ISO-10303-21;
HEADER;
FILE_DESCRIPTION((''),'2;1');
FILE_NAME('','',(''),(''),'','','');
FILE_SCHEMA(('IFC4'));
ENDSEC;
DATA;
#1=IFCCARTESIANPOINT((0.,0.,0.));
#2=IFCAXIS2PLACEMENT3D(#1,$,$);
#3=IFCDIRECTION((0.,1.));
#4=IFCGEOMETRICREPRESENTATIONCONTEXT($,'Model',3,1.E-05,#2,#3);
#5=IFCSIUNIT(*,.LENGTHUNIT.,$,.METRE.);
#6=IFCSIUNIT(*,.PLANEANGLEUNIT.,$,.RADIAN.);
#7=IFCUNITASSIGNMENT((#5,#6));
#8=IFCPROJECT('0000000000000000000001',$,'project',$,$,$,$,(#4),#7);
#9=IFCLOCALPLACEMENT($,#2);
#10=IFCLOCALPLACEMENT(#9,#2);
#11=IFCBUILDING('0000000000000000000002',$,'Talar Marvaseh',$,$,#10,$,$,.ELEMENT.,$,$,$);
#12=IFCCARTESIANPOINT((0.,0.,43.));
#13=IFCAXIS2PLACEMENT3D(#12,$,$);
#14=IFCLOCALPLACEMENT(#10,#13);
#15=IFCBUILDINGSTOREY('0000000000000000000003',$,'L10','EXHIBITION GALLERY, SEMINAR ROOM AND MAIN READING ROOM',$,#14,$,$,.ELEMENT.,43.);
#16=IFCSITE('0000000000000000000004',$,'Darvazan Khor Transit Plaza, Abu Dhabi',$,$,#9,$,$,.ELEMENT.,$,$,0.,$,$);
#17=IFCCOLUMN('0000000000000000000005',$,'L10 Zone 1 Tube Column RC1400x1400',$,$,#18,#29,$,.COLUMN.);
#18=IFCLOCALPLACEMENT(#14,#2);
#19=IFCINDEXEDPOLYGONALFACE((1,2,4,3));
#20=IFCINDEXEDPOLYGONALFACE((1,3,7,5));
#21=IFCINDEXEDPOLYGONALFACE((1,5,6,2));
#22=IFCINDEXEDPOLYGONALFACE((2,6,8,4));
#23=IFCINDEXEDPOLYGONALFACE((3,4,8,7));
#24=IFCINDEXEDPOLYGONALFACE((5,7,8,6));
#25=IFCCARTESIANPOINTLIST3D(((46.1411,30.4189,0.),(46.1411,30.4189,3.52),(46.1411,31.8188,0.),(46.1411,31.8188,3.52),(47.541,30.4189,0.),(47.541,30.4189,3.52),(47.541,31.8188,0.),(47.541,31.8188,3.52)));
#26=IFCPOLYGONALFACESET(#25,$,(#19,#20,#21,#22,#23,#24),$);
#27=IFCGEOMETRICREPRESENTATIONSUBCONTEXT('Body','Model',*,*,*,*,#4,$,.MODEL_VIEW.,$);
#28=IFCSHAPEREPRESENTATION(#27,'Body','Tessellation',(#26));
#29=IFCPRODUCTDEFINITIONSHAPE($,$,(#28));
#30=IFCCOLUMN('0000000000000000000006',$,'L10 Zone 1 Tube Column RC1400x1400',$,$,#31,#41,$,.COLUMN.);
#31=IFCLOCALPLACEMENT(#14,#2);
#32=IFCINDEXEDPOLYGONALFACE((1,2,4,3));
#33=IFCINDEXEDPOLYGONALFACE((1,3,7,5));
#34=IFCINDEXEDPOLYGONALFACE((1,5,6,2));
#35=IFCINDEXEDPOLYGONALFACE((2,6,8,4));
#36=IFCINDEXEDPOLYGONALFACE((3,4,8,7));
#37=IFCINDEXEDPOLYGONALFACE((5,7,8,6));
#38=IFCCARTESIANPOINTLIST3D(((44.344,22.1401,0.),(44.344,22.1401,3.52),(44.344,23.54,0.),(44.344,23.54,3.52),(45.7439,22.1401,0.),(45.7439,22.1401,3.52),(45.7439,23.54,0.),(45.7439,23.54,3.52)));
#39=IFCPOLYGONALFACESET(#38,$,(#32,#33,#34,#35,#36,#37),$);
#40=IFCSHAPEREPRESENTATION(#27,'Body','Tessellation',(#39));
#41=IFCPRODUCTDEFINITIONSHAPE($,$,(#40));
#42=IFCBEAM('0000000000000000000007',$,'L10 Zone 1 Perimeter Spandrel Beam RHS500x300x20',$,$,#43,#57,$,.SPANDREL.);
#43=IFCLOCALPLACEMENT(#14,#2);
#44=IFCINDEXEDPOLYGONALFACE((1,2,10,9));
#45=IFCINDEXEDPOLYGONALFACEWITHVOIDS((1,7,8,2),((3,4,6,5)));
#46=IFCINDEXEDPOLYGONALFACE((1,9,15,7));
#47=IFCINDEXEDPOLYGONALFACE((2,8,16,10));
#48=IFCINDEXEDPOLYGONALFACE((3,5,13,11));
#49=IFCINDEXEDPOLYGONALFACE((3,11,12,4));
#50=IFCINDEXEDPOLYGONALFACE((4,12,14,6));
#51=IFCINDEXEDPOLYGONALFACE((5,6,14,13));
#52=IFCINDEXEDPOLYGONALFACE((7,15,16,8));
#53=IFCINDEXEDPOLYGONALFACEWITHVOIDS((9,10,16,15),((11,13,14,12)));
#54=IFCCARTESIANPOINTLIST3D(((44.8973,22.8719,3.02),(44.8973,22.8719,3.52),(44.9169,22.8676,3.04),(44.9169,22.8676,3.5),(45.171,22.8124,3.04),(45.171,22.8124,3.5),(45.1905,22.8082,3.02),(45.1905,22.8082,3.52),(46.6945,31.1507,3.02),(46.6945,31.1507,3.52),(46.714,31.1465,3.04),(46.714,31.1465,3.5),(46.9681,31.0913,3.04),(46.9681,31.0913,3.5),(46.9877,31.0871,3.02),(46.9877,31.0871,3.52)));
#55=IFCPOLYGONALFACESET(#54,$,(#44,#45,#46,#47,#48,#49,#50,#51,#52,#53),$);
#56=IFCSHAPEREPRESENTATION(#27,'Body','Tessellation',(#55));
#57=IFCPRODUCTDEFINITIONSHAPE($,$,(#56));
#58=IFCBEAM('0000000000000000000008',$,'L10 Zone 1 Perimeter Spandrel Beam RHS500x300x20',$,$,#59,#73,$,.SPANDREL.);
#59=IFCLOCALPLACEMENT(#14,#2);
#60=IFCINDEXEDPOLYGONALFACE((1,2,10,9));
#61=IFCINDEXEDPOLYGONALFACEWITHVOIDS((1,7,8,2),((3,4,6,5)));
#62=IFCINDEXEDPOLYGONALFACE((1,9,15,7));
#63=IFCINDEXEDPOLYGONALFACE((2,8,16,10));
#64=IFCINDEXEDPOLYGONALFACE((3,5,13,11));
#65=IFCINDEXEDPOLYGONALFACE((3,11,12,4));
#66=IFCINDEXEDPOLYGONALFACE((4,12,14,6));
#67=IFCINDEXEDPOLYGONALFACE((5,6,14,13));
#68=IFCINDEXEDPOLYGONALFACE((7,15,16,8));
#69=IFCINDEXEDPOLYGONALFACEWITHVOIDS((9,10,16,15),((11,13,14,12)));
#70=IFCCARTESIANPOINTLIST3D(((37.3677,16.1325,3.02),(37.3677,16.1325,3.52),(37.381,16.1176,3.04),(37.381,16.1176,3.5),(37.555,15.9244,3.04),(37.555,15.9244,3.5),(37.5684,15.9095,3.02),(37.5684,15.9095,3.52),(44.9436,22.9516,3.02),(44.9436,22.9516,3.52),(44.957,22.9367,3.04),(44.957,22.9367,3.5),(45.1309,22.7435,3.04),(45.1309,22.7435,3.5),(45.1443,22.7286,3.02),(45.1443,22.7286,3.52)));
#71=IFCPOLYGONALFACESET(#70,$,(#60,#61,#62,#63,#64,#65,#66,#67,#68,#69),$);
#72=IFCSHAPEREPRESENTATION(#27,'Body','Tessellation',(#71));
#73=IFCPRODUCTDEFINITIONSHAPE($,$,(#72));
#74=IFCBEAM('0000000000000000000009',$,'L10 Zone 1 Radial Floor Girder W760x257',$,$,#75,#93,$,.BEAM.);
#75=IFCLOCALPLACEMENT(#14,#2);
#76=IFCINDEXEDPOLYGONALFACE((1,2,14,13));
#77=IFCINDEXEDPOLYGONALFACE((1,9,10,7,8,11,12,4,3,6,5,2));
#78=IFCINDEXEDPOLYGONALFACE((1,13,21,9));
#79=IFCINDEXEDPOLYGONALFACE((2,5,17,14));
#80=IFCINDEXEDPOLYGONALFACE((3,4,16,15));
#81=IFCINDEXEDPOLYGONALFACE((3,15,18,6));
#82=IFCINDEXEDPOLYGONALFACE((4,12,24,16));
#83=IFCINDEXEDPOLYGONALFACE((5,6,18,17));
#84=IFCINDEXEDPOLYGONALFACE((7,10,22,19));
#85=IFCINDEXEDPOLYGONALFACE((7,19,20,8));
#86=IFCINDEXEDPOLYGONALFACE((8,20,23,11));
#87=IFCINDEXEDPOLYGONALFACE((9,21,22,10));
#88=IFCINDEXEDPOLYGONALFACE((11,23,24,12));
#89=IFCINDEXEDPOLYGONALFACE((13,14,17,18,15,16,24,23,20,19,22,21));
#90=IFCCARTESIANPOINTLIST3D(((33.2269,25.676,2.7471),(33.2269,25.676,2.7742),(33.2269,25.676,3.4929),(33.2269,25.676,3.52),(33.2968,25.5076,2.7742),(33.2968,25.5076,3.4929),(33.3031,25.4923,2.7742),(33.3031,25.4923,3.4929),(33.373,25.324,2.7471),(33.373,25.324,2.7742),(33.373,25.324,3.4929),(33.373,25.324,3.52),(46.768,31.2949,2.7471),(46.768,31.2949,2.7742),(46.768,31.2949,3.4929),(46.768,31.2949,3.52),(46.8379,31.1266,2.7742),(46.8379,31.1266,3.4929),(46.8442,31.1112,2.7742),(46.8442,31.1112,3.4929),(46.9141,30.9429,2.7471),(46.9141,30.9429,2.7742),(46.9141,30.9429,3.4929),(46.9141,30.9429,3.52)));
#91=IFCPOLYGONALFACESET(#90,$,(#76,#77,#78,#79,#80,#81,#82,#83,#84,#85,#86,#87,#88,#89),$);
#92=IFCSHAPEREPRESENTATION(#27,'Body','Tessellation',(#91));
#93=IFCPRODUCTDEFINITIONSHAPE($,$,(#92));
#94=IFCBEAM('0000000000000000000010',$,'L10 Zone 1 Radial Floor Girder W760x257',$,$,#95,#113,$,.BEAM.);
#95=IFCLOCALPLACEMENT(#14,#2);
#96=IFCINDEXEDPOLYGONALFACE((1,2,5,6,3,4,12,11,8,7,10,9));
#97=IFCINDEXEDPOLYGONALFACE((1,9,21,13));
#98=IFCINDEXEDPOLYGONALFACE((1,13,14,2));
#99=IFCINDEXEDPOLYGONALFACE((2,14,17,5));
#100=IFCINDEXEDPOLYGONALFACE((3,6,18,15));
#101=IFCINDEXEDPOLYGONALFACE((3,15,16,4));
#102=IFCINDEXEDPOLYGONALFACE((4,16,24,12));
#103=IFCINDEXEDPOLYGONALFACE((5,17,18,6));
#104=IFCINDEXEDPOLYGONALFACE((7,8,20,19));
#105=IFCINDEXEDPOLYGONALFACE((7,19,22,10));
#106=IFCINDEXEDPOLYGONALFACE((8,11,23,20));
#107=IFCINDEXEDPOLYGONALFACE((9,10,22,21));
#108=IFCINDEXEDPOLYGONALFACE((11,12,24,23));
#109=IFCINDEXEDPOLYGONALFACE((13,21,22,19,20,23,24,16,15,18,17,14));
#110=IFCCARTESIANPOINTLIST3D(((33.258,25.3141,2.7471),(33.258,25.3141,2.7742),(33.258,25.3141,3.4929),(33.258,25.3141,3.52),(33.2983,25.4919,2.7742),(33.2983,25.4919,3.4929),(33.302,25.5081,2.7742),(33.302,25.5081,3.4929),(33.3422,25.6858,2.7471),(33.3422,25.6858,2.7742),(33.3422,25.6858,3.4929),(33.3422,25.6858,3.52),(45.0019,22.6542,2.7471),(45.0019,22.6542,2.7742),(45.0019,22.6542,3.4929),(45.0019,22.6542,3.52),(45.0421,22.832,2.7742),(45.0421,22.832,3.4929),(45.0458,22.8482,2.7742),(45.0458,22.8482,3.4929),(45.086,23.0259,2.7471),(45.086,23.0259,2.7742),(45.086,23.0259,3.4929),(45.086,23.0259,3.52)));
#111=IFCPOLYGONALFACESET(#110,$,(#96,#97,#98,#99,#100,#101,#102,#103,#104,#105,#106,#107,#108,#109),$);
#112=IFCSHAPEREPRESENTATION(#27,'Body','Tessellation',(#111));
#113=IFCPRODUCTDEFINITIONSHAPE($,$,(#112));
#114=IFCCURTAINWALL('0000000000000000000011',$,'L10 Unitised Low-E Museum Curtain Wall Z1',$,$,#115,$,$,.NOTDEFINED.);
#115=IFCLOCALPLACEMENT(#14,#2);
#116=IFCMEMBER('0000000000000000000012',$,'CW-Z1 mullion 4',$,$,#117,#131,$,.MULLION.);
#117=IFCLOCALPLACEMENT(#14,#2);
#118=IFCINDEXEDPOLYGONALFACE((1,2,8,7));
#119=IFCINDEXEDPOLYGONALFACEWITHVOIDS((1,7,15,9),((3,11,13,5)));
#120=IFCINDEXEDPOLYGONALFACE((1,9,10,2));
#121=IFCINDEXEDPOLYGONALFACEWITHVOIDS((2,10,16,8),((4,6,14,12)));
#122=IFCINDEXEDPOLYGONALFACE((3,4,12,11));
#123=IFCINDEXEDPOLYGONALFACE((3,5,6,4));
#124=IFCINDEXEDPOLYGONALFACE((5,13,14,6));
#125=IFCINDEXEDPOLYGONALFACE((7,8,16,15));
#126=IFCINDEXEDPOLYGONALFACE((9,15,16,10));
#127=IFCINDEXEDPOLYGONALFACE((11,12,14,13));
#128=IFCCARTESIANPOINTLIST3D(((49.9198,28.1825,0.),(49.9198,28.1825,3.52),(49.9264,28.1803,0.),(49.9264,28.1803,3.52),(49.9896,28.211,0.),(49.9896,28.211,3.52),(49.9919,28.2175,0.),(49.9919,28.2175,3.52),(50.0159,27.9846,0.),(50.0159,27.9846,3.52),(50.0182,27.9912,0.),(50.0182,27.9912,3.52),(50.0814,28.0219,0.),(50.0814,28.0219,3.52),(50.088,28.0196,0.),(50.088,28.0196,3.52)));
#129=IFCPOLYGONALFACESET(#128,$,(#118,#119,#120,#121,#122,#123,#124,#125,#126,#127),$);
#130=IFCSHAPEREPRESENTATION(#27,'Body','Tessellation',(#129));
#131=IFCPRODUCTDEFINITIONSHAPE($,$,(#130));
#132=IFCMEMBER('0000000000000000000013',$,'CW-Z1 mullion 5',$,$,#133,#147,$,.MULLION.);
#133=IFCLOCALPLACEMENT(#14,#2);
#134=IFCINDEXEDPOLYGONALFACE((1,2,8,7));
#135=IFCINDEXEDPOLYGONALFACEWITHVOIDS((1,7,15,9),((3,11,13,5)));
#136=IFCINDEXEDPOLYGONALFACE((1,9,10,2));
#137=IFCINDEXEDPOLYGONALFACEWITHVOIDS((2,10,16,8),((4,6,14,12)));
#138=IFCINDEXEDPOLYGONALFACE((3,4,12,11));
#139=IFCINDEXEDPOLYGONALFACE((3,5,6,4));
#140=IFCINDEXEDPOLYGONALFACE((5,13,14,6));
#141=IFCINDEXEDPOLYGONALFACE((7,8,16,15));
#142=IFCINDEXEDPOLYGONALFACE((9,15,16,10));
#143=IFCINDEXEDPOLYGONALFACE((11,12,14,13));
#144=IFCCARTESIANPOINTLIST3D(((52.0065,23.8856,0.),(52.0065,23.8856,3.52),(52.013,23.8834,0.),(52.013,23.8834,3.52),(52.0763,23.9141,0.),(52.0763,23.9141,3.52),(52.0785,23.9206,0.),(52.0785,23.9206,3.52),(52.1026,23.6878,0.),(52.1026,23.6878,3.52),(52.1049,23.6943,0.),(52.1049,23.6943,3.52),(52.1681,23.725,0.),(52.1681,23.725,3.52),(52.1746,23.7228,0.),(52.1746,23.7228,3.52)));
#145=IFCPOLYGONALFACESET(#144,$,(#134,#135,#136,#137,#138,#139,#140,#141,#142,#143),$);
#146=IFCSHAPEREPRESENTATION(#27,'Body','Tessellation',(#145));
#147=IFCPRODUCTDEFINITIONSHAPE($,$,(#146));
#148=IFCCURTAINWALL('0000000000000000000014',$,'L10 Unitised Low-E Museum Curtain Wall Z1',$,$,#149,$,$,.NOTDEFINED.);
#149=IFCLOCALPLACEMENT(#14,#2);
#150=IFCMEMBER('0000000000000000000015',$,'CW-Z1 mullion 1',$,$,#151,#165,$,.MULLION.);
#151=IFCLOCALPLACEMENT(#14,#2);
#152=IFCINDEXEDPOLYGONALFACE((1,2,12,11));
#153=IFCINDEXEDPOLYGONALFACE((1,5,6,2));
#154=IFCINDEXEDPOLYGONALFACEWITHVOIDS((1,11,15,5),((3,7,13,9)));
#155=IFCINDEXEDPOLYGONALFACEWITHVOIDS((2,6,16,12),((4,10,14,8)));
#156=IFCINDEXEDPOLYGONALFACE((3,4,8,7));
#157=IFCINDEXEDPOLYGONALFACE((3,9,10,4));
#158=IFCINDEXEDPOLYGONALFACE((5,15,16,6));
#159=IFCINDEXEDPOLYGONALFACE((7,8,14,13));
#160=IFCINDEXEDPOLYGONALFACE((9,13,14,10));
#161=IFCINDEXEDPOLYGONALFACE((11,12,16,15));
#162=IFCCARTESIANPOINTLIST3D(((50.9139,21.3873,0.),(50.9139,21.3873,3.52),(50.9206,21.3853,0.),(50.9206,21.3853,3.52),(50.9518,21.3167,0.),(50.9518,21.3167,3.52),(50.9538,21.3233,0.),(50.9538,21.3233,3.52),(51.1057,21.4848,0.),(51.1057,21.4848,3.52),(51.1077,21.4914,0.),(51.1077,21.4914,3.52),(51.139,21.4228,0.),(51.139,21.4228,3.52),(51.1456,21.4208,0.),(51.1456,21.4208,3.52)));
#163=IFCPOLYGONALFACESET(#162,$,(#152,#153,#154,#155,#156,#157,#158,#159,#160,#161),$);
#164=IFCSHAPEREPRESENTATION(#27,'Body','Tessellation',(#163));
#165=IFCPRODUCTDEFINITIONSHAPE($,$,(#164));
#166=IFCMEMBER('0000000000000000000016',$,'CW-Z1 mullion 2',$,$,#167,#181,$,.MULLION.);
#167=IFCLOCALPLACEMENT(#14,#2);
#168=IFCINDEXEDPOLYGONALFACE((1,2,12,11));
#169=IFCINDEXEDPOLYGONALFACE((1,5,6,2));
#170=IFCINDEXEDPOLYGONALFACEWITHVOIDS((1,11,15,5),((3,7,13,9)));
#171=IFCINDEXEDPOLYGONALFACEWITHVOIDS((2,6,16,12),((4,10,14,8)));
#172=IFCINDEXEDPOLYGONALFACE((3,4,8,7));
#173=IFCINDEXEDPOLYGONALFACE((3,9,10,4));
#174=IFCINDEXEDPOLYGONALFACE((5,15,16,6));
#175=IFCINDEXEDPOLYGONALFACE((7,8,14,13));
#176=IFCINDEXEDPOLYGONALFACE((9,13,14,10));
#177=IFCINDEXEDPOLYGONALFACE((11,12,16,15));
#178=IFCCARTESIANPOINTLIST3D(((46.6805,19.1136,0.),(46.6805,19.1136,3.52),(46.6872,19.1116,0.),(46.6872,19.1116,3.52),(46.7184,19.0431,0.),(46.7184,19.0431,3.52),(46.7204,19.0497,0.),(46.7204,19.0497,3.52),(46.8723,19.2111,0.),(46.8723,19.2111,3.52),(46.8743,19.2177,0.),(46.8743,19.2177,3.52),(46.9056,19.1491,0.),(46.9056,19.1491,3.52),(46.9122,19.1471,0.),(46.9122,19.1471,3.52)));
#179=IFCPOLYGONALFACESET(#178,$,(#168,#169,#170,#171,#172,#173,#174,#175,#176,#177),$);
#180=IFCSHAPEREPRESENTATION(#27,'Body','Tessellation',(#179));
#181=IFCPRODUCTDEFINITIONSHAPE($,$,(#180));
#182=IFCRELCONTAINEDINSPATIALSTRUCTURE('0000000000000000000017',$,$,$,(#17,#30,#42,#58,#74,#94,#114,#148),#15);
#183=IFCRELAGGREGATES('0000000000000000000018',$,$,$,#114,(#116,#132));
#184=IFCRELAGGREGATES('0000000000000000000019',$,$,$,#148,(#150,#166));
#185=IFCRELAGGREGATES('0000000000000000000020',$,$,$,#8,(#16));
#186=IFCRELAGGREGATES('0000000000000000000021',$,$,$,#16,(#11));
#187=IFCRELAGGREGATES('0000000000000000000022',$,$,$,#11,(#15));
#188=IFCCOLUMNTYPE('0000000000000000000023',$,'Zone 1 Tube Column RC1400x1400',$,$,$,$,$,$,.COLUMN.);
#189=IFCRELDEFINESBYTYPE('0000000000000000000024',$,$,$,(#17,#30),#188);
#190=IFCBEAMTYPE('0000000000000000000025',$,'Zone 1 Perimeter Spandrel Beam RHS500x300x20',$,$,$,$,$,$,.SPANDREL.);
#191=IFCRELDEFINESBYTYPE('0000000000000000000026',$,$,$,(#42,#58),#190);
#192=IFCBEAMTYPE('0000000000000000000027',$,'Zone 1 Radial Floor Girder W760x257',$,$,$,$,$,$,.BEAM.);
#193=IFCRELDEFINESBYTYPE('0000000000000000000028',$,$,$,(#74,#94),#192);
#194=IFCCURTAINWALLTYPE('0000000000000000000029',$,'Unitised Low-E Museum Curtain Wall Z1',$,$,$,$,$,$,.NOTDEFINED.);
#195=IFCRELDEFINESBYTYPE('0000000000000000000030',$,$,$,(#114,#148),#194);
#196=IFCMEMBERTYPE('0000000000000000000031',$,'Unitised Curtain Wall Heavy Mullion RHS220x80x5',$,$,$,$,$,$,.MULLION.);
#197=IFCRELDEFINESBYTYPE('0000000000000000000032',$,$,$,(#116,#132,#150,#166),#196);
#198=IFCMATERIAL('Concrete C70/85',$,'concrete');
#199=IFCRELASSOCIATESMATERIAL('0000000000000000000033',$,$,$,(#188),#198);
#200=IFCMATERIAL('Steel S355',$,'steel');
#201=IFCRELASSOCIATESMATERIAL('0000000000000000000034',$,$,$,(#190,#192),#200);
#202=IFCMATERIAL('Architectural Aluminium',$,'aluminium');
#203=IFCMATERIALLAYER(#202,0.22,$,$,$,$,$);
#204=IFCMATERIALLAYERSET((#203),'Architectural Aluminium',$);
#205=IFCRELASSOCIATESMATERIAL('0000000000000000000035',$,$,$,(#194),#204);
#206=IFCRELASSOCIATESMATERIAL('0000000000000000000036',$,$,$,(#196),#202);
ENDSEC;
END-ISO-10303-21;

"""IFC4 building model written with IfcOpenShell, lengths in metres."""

from ifc_helpers import new_model, si_unit, direction, frame, origin, origin_2d, place, context, subcontext, project, spatial, rectangle, hollow_rectangle, i_section, extrude, source, transform, mapped, material, layer, layer_set, material_profile, profile_set, type_object, type_shapes, element, aggregate, save


model = new_model("IFC4")

# Units and contexts
model_context = context("Model", 3, precision=1e-05, world=origin(), true_north=direction((0.0, 1.0)))
body_context = subcontext(model_context, "Body", "Model", "MODEL_VIEW")
ifc_project = project(units=[si_unit("LENGTHUNIT", "METRE"), si_unit("PLANEANGLEUNIT", "RADIAN")], contexts=[model_context])

# Site, building, storey
site_placement = place(None, origin())
site = spatial("IfcSite", under=ifc_project, at=site_placement, Name="Darvazan Khor Transit Plaza, Abu Dhabi", CompositionType="ELEMENT", RefElevation=0.0)
building_placement = place(site_placement, origin())
building = spatial("IfcBuilding", under=site, at=building_placement, Name="Talar Marvaseh", CompositionType="ELEMENT")
storey_placement = place(building_placement, frame((0.0, 0.0, 43.0)))
storey = spatial("IfcBuildingStorey", under=building, at=storey_placement, Name="L10", Description="EXHIBITION GALLERY, SEMINAR ROOM AND MAIN READING ROOM", CompositionType="ELEMENT", Elevation=43.0)

# Columns
ifc_material_1 = material(Name="Concrete C70/85", Category="concrete")
ifc_material_profile_1 = material_profile(ifc_material_1, rectangle(XDim=1.3999, YDim=1.3999, at=origin_2d()), Name="RC1400x1400")
ifc_profile_set_1 = profile_set([ifc_material_profile_1], Name="Concrete C70/85")
column_type = type_object("IfcColumnType", Name="Zone 1 Tube Column RC1400x1400", PredefinedType="COLUMN", material=ifc_profile_set_1)
for number, where, z_axis, x_axis, name in (
    (1, (46.8411, 31.1189, 0.0), (0.0, 0.0, 1.0), (1.0, 0.0, 0.0), "L10 Zone 1 Tube Column RC1400x1400"),
    (2, (45.0439, 22.8401, 0.0), (0.0, 0.0, 1.0), (1.0, 0.0, 0.0), "L10 Zone 1 Tube Column RC1400x1400"),
):
    element("IfcColumn", number, at=place(storey_placement, frame(where, z_axis=z_axis, x_axis=x_axis)), inside=storey, type_object=column_type, Name=name, PredefinedType="COLUMN", context=body_context, shape_type="SweptSolid", body=[
        extrude(rectangle(XDim=1.3999, YDim=1.3999, at=origin_2d()), origin(), (0.0, 0.0, 1.0), 3.52),
    ])

# Beams
ifc_material_2 = material(Name="Steel S355", Category="steel")
ifc_material_profile_2 = material_profile(ifc_material_2, hollow_rectangle(XDim=0.3, YDim=0.5, WallThickness=0.02, at=origin_2d()), Name="RHS500x300x20")
ifc_profile_set_2 = profile_set([ifc_material_profile_2], Name="Steel S355")
beam_type_1 = type_object("IfcBeamType", Name="Zone 1 Perimeter Spandrel Beam RHS500x300x20", PredefinedType="SPANDREL", material=ifc_profile_set_2)
beam_1_placement = place(storey_placement, frame((46.8411, 31.1189, 3.27), z_axis=(-0.212134, -0.977241, 0.0), x_axis=(0.977241, -0.212134, 0.0)))
element("IfcBeam", 3, at=beam_1_placement, inside=storey, type_object=beam_type_1, Name="L10 Zone 1 Perimeter Spandrel Beam RHS500x300x20", PredefinedType="SPANDREL", context=body_context, shape_type="SweptSolid", body=[
    extrude(hollow_rectangle(XDim=0.3, YDim=0.5, WallThickness=0.02, at=origin_2d()), origin(), (0.0, 0.0, 1.0), 8.4717),
])
beam_2_placement = place(storey_placement, frame((45.0439, 22.8401, 3.27), z_axis=(-0.743257, -0.669006, 0.0), x_axis=(0.669006, -0.743257, 0.0)))
element("IfcBeam", 4, at=beam_2_placement, inside=storey, type_object=beam_type_1, Name="L10 Zone 1 Perimeter Spandrel Beam RHS500x300x20", PredefinedType="SPANDREL", context=body_context, shape_type="SweptSolid", body=[
    extrude(hollow_rectangle(XDim=0.3, YDim=0.5, WallThickness=0.02, at=origin_2d()), origin(), (0.0, 0.0, 1.0), 10.1929),
])
ifc_material_profile_3 = material_profile(ifc_material_2, i_section(OverallWidth=0.3811, OverallDepth=0.7729, WebThickness=0.0166, FlangeThickness=0.0271, at=origin_2d()), Name="W760x257")
ifc_profile_set_3 = profile_set([ifc_material_profile_3], Name="Steel S355")
beam_type_2 = type_object("IfcBeamType", Name="Zone 1 Radial Floor Girder W760x257", PredefinedType="BEAM", material=ifc_profile_set_3)
beam_3_placement = place(storey_placement, frame((46.8411, 31.1189, 3.1335), z_axis=(-0.923638, -0.383267, 0.0), x_axis=(0.383267, -0.923638, 0.0)))
element("IfcBeam", 5, at=beam_3_placement, inside=storey, type_object=beam_type_2, Name="L10 Zone 1 Radial Floor Girder W760x257", PredefinedType="BEAM", context=body_context, shape_type="SweptSolid", body=[
    extrude(i_section(OverallWidth=0.3811, OverallDepth=0.7729, WebThickness=0.0166, FlangeThickness=0.0271, at=origin_2d()), origin(), (0.0, 0.0, 1.0), 14.6606),
])
beam_4_placement = place(storey_placement, frame((45.0439, 22.8401, 3.1335), z_axis=(-0.975297, 0.220898, 0.0), x_axis=(-0.220898, -0.975297, 0.0)))
element("IfcBeam", 6, at=beam_4_placement, inside=storey, type_object=beam_type_2, Name="L10 Zone 1 Radial Floor Girder W760x257", PredefinedType="BEAM", context=body_context, shape_type="SweptSolid", body=[
    extrude(i_section(OverallWidth=0.3811, OverallDepth=0.7729, WebThickness=0.0166, FlangeThickness=0.0271, at=origin_2d()), origin(), (0.0, 0.0, 1.0), 12.0413),
])

# Curtain walls, members
ifc_material_3 = material(Name="Architectural Aluminium", Category="aluminium")
ifc_layer_1 = layer(ifc_material_3, 0.22)
ifc_layer_set_1 = layer_set([ifc_layer_1], Name="Architectural Aluminium")
curtain_wall_type = type_object("IfcCurtainWallType", Name="Unitised Low-E Museum Curtain Wall Z1", PredefinedType="NOTDEFINED", material=ifc_layer_set_1)
curtain_wall_1_placement = place(storey_placement, origin())
curtain_wall_1 = element("IfcCurtainWall", 7, at=curtain_wall_1_placement, inside=storey, type_object=curtain_wall_type, Name="L10 Unitised Low-E Museum Curtain Wall Z1", PredefinedType="NOTDEFINED")
ifc_material_profile_4 = material_profile(ifc_material_3, hollow_rectangle(XDim=0.0801, YDim=0.22, WallThickness=0.0049, at=origin_2d()), Name="RHS220x80x5")
ifc_profile_set_4 = profile_set([ifc_material_profile_4], Name="Architectural Aluminium")
member_type_1 = type_object("IfcMemberType", Name="Unitised Curtain Wall Heavy Mullion RHS220x80x5", PredefinedType="MULLION", material=ifc_profile_set_4)
shared_shape_1 = source(origin(), body_context, "Body", "SweptSolid", [
    extrude(hollow_rectangle(XDim=0.0801, YDim=0.22, WallThickness=0.0049, at=origin_2d()), origin(), (0.0, 0.0, 1.0), 3.52),
])
type_shapes(member_type_1, [shared_shape_1])
member_1_placement = place(storey_placement, frame((50.0039, 28.1011, 0.0), z_axis=(0.0, 0.0, 1.0), x_axis=(0.899528, 0.436863, 0.0)))
member_1 = element("IfcMember", 8, at=member_1_placement, type_object=member_type_1, Name="CW-Z1 mullion 4", PredefinedType="MULLION", context=body_context, shape_type="MappedRepresentation", body=[
    mapped(shared_shape_1, transform((0.0, 0.0, 0.0), x_axis=(1.0, 0.0, 0.0), y_axis=(0.0, 1.0, 0.0), z_axis=(0.0, 0.0, 1.0), scale=1.0)),
])
member_2_placement = place(storey_placement, frame((52.0906, 23.8042, 0.0), z_axis=(0.0, 0.0, 1.0), x_axis=(0.899528, 0.436863, 0.0)))
member_2 = element("IfcMember", 9, at=member_2_placement, type_object=member_type_1, Name="CW-Z1 mullion 5", PredefinedType="MULLION", context=body_context, shape_type="MappedRepresentation", body=[
    mapped(shared_shape_1, transform((0.0, 0.0, 0.0), x_axis=(1.0, 0.0, 0.0), y_axis=(0.0, 1.0, 0.0), z_axis=(0.0, 0.0, 1.0), scale=1.0)),
])
curtain_wall_2_placement = place(storey_placement, origin())
curtain_wall_2 = element("IfcCurtainWall", 10, at=curtain_wall_2_placement, inside=storey, type_object=curtain_wall_type, Name="L10 Unitised Low-E Museum Curtain Wall Z1", PredefinedType="NOTDEFINED")
member_3_placement = place(storey_placement, frame((51.0298, 21.4041, 0.0), z_axis=(0.0, 0.0, 1.0), x_axis=(0.473185, -0.880963, 0.0)))
member_3 = element("IfcMember", 11, at=member_3_placement, type_object=member_type_1, Name="CW-Z1 mullion 1", PredefinedType="MULLION", context=body_context, shape_type="MappedRepresentation", body=[
    mapped(shared_shape_1, transform((0.0, 0.0, 0.0), x_axis=(1.0, 0.0, 0.0), y_axis=(0.0, 1.0, 0.0), z_axis=(0.0, 0.0, 1.0), scale=1.0)),
])
member_4_placement = place(storey_placement, frame((46.7964, 19.1304, 0.0), z_axis=(0.0, 0.0, 1.0), x_axis=(0.473185, -0.880963, 0.0)))
member_4 = element("IfcMember", 12, at=member_4_placement, type_object=member_type_1, Name="CW-Z1 mullion 2", PredefinedType="MULLION", context=body_context, shape_type="MappedRepresentation", body=[
    mapped(shared_shape_1, transform((0.0, 0.0, 0.0), x_axis=(1.0, 0.0, 0.0), y_axis=(0.0, 1.0, 0.0), z_axis=(0.0, 0.0, 1.0), scale=1.0)),
])

aggregate(curtain_wall_1, [member_1, member_2])
aggregate(curtain_wall_2, [member_3, member_4])

save(model, "model.ifc")
